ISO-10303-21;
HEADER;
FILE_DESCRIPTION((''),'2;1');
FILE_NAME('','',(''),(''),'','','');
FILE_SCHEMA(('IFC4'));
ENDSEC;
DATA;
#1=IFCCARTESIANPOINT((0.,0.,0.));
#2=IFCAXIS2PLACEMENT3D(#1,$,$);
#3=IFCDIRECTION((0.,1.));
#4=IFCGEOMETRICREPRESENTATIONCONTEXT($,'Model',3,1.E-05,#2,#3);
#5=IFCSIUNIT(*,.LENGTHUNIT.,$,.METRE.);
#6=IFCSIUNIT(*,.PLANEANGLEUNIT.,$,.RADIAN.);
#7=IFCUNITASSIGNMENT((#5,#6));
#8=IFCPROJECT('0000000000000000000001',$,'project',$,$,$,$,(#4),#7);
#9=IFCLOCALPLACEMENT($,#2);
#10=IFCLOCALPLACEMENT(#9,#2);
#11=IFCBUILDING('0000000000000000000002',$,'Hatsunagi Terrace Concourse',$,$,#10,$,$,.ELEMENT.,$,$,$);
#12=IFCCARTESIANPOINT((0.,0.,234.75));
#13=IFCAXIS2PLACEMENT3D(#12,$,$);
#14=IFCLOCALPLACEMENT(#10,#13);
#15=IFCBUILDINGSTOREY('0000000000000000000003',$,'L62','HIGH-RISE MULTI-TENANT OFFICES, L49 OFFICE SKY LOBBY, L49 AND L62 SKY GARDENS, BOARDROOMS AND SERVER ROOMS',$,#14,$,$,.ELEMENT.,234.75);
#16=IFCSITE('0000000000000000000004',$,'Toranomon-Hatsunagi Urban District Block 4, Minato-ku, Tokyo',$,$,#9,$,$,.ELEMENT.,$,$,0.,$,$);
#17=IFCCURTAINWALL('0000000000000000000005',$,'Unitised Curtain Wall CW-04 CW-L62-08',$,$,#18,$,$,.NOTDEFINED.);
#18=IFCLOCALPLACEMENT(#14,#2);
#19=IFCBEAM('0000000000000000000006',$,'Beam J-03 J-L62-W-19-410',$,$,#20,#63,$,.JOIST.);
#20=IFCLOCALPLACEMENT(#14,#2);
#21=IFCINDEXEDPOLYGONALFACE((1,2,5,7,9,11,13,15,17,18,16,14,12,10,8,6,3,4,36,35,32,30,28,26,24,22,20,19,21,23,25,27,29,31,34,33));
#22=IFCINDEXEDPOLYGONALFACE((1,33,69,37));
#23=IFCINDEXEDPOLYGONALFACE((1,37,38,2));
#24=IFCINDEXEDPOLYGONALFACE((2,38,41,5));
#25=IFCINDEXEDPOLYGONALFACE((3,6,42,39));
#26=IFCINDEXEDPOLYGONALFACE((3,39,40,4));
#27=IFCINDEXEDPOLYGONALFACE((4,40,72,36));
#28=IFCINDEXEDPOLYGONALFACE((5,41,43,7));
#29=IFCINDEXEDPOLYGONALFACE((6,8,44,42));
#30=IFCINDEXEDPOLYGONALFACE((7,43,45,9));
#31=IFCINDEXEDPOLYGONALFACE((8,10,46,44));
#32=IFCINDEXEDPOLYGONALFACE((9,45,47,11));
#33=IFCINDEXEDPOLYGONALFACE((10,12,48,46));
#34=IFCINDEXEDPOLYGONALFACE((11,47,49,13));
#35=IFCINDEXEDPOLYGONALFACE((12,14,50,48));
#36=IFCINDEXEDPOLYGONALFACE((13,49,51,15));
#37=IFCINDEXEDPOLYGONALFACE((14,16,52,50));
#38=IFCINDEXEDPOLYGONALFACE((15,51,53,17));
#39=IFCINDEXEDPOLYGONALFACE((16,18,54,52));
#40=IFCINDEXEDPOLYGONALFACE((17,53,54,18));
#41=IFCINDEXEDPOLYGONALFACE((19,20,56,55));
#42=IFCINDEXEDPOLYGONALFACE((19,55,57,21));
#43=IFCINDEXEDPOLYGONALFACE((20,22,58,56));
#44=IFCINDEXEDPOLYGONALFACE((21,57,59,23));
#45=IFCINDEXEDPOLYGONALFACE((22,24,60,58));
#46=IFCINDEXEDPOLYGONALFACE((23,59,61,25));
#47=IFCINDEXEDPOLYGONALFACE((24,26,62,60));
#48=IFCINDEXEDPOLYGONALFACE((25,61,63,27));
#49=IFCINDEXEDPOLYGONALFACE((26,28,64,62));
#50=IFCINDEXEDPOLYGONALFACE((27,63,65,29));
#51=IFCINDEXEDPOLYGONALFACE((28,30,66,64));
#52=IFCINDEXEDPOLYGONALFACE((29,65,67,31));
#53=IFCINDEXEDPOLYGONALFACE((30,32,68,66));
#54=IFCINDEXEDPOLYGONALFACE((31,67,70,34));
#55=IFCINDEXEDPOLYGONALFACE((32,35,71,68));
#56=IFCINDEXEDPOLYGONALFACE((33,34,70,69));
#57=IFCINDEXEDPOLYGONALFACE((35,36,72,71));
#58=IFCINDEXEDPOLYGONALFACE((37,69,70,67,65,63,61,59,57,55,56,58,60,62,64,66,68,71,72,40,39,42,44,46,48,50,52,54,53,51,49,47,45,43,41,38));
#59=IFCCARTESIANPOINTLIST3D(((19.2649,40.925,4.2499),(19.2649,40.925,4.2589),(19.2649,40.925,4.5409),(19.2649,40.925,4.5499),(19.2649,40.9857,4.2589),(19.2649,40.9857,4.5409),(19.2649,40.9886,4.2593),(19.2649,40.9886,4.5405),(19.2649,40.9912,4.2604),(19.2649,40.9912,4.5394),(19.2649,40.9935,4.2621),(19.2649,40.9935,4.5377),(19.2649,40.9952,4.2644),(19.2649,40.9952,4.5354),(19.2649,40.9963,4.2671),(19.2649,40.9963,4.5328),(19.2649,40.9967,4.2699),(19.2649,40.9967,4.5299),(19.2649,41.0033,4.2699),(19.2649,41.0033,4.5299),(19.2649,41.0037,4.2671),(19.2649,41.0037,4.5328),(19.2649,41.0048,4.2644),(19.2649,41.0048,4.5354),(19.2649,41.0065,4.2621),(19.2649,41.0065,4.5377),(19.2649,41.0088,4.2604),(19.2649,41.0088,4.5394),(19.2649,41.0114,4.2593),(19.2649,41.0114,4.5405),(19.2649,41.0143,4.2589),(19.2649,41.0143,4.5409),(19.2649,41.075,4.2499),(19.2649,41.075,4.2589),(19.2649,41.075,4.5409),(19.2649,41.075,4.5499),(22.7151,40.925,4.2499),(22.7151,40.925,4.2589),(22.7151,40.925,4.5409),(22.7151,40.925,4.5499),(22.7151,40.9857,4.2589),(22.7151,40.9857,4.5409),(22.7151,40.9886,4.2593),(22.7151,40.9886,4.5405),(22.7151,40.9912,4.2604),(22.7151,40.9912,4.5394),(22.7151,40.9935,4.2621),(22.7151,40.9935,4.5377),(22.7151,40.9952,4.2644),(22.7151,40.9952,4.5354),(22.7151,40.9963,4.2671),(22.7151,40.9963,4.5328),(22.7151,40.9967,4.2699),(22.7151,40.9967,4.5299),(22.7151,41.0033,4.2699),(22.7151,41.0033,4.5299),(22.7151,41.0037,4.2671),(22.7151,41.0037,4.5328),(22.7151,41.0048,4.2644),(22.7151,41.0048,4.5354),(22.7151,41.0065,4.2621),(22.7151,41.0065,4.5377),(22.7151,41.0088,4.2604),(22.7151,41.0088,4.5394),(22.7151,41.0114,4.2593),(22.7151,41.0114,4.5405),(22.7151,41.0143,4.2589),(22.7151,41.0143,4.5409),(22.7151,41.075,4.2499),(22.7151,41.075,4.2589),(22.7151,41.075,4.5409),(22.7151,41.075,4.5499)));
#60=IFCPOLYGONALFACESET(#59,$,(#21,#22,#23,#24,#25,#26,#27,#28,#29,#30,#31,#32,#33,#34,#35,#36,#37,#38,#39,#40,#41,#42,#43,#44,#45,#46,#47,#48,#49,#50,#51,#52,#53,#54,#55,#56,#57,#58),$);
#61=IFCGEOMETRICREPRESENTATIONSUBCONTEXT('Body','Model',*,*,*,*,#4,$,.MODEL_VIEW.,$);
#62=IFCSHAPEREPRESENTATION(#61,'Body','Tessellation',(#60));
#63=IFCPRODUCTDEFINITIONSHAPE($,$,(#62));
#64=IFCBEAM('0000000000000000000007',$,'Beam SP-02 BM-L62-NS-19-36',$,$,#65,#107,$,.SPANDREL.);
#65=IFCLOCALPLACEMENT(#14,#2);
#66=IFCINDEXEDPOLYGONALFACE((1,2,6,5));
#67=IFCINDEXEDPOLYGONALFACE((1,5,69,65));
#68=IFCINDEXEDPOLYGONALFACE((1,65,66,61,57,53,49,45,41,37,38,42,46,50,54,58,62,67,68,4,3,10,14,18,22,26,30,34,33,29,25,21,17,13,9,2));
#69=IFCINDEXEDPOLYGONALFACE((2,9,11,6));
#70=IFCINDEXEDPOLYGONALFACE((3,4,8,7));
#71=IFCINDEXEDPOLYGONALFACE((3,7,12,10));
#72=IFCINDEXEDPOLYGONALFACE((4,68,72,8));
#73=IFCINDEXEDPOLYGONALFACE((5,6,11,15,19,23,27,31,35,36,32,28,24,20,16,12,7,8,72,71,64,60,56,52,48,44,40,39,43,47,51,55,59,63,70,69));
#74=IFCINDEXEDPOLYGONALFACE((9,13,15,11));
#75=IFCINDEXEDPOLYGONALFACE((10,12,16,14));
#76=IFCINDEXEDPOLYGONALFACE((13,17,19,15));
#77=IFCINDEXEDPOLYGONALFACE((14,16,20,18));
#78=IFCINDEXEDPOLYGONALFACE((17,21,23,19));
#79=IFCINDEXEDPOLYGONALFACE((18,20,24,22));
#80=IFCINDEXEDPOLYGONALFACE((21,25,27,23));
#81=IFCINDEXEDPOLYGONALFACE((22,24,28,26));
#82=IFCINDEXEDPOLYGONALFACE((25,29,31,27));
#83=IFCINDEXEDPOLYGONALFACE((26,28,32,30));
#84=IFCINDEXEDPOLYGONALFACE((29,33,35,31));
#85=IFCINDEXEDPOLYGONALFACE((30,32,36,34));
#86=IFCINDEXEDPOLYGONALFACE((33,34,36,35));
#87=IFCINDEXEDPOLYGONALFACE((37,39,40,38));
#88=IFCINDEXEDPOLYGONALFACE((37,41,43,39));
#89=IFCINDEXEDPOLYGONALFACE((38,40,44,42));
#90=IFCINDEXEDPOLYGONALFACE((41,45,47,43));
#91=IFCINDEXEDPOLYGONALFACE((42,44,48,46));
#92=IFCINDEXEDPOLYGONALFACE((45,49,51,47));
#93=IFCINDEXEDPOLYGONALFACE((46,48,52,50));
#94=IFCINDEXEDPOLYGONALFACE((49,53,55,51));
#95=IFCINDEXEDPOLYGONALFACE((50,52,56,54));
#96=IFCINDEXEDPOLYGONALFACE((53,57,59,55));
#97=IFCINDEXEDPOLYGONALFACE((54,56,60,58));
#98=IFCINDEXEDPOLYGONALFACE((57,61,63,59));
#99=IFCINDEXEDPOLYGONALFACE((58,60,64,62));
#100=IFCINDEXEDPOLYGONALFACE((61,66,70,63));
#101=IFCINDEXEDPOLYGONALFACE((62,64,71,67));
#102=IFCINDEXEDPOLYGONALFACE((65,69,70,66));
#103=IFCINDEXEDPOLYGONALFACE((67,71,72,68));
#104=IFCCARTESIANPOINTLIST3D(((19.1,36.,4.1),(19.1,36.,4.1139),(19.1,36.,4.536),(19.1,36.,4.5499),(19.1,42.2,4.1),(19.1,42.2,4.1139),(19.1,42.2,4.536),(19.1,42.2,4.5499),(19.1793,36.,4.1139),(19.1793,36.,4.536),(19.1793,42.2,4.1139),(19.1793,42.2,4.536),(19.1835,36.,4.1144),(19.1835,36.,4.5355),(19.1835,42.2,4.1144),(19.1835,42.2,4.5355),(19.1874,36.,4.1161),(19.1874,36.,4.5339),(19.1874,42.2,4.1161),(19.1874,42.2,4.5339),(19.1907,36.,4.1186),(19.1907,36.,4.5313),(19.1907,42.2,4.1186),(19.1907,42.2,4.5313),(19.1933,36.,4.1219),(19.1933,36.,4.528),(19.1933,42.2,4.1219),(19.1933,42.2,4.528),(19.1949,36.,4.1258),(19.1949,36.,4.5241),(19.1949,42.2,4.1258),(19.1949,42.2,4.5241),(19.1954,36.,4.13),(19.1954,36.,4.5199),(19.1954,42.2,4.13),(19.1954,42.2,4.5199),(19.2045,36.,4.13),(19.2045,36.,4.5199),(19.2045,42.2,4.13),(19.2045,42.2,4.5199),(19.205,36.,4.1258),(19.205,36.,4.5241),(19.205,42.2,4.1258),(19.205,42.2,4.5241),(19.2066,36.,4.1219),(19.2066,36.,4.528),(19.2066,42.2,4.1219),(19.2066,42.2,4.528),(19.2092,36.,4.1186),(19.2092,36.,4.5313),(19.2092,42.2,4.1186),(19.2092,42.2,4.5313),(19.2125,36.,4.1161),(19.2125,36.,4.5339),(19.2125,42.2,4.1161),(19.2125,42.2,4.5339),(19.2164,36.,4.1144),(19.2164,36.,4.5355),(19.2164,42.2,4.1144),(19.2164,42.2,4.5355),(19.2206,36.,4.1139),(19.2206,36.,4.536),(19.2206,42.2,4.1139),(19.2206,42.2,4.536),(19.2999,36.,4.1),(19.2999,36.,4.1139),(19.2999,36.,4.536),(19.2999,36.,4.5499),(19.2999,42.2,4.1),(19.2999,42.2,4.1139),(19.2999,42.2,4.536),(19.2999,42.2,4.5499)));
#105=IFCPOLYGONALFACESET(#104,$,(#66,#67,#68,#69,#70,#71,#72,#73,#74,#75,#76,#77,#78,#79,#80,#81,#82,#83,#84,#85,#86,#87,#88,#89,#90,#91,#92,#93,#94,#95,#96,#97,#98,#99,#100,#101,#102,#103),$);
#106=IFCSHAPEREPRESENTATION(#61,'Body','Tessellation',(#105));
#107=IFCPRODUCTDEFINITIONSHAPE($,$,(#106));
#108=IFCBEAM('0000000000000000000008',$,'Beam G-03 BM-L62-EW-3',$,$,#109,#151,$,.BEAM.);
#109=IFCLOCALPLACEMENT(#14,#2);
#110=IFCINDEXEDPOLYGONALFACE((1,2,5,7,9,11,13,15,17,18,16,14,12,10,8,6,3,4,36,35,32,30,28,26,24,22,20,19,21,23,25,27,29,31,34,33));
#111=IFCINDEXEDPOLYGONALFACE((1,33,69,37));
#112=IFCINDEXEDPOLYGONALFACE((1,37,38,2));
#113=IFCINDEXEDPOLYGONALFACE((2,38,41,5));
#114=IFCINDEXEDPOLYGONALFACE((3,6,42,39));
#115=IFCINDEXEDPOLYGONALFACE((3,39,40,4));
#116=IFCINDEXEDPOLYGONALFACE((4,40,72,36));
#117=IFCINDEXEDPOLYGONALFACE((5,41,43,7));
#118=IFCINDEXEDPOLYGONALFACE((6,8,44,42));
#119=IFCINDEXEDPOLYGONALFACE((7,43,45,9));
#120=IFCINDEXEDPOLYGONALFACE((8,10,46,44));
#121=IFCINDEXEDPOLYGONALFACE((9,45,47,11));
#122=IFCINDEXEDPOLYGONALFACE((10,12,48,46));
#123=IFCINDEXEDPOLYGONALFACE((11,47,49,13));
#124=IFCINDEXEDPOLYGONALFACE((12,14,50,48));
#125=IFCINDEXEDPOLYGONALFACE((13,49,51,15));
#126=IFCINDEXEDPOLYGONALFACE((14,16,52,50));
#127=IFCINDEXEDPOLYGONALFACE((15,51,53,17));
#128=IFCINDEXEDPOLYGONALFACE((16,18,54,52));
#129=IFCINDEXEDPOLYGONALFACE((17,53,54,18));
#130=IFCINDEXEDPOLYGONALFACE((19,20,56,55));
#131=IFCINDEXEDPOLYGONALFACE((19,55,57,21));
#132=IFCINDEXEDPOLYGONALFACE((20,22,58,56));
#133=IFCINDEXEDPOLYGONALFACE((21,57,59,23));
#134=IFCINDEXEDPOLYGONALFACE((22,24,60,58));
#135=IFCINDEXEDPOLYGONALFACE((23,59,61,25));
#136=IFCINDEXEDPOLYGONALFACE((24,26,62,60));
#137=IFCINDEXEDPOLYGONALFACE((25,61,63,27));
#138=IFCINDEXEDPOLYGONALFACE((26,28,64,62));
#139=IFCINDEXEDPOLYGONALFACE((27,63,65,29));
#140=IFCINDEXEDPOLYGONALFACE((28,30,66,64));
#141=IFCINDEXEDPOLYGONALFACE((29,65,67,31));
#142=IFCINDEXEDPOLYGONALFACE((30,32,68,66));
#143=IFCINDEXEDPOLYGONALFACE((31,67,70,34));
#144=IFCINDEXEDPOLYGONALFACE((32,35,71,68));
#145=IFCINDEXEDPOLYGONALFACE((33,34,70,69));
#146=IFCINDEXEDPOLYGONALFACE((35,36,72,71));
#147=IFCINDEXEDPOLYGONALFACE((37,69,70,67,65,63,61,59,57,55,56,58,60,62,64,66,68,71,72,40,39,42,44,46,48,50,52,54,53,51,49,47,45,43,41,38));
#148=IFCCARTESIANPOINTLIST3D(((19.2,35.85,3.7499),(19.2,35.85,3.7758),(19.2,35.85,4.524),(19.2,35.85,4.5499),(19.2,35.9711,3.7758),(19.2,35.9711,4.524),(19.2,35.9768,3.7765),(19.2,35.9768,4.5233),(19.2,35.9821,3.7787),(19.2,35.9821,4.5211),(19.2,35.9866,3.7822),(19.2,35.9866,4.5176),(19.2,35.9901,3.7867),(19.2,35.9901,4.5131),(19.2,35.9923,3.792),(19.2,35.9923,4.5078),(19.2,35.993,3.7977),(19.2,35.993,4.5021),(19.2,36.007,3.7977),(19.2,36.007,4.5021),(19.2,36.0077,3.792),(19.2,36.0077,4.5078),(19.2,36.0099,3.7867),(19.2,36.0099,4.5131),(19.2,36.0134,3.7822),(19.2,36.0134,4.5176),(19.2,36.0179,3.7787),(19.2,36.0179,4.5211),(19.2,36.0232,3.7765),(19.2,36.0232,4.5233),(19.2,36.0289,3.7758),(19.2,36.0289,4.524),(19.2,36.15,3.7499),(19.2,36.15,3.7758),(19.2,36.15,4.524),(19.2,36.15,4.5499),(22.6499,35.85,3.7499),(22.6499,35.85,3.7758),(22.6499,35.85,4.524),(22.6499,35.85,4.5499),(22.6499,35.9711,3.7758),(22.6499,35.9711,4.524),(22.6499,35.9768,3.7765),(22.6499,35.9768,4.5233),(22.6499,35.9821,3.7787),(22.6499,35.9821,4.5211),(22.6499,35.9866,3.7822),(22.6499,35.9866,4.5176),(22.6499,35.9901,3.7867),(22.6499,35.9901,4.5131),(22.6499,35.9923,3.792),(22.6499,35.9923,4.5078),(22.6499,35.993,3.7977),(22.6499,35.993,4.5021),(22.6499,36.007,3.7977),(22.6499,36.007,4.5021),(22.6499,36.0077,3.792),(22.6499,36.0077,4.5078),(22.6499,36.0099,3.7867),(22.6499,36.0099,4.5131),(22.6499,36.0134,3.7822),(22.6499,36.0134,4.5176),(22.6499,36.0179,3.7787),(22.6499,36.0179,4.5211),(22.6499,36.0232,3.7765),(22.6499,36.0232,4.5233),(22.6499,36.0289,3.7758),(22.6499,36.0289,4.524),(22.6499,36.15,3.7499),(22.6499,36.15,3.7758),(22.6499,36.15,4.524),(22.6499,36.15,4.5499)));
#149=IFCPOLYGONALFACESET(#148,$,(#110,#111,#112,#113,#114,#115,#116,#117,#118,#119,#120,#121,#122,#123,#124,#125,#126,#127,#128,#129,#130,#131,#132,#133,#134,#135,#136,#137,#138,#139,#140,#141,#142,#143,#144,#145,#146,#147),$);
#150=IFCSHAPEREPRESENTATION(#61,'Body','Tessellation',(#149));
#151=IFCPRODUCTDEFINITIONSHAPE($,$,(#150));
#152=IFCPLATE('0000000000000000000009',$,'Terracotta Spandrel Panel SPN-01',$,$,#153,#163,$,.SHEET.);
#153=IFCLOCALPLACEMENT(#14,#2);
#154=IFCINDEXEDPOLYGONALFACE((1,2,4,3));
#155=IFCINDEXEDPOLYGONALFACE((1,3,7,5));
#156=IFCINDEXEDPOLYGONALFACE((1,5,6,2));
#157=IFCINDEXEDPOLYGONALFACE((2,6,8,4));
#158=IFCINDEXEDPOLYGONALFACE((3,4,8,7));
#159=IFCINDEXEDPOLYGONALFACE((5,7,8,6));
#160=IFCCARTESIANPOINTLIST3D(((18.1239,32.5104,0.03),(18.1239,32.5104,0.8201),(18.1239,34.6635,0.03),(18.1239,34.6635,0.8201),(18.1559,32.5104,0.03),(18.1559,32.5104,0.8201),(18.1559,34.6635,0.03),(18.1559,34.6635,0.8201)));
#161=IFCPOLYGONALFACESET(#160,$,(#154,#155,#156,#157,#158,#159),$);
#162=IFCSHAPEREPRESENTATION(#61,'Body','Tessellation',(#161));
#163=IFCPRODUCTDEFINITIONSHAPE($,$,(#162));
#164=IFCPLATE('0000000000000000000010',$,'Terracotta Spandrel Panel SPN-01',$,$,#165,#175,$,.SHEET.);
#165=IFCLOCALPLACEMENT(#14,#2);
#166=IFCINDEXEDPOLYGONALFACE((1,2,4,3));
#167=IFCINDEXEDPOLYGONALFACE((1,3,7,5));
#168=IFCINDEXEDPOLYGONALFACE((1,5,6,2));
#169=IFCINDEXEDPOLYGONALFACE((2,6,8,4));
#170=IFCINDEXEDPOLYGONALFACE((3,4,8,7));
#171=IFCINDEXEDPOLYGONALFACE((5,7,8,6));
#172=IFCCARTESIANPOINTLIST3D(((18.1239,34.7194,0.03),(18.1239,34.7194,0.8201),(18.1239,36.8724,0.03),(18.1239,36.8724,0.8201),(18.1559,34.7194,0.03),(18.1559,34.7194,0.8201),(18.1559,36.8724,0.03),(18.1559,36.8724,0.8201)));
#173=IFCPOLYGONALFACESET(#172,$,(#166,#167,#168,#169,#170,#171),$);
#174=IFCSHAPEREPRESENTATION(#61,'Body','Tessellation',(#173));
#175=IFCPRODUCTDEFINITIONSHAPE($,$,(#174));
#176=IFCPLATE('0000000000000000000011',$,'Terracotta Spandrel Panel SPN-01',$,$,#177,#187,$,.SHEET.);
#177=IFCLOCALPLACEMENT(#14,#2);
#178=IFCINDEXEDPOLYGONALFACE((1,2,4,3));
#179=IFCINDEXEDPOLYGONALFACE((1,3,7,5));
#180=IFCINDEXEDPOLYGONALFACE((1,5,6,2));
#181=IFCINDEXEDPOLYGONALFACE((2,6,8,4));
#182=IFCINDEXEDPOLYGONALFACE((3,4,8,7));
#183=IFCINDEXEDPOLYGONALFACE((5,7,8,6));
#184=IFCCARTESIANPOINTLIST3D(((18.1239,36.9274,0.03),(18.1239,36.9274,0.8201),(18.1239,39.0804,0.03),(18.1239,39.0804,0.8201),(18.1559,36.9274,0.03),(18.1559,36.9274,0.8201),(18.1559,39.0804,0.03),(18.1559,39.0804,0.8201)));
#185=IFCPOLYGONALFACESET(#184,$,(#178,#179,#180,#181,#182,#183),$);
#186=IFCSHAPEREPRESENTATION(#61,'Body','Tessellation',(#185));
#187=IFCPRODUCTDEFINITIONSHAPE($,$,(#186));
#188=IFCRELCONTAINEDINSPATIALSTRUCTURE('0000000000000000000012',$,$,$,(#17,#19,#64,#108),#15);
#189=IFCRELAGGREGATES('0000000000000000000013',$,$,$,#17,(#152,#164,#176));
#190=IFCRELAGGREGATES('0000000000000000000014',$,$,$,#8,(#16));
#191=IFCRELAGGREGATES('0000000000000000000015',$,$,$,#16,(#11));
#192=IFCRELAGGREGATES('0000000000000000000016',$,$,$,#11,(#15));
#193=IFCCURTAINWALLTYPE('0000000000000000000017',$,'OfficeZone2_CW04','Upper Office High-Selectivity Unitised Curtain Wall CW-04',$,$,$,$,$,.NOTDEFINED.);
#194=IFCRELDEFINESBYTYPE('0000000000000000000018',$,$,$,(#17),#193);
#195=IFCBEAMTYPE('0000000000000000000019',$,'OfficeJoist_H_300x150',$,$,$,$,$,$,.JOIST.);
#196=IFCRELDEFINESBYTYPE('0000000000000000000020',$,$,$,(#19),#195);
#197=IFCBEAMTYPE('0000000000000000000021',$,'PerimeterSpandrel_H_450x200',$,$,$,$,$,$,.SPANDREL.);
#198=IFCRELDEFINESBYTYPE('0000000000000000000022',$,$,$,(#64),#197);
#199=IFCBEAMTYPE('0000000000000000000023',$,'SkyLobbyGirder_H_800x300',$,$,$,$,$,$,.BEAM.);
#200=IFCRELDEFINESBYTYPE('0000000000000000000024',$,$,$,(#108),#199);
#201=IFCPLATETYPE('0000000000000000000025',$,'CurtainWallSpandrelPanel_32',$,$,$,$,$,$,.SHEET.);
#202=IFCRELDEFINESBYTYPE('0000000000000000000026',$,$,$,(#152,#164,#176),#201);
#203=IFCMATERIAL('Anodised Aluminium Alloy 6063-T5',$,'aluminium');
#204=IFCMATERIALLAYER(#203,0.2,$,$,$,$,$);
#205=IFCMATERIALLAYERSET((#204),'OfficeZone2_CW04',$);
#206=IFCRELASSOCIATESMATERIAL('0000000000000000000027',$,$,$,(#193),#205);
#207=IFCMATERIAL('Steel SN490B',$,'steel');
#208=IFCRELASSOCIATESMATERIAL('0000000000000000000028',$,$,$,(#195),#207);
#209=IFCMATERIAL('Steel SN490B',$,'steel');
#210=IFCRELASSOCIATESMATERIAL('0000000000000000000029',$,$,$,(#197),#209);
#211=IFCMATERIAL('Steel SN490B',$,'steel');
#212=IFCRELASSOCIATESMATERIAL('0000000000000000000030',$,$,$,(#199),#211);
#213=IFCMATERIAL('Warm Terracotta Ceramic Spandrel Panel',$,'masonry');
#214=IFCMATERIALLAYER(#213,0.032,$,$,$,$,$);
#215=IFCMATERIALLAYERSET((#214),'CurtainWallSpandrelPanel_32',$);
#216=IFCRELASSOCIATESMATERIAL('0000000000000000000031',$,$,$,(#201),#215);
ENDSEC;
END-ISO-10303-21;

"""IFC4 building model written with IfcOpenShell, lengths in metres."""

from ifc_helpers import new_model, si_unit, direction, frame, origin, origin_2d, place, context, subcontext, project, spatial, rectangle, i_section, extrude, material, layer, layer_set, material_profile, profile_set, type_object, element, aggregate, save


model = new_model("IFC4")

# Units and contexts
model_context = context("Model", 3, precision=1e-05, world=origin(), true_north=direction((0.0, 1.0)))
body_context = subcontext(model_context, "Body", "Model", "MODEL_VIEW")
ifc_project = project(units=[si_unit("LENGTHUNIT", "METRE"), si_unit("PLANEANGLEUNIT", "RADIAN")], contexts=[model_context])

# Site, building, storey
site_placement = place(None, origin())
site = spatial("IfcSite", under=ifc_project, at=site_placement, Name="Toranomon-Hatsunagi Urban District Block 4, Minato-ku, Tokyo", CompositionType="ELEMENT", RefElevation=0.0)
building_placement = place(site_placement, origin())
building = spatial("IfcBuilding", under=site, at=building_placement, Name="Hatsunagi Terrace Concourse", CompositionType="ELEMENT")
storey_placement = place(building_placement, frame((0.0, 0.0, 234.75)))
storey = spatial("IfcBuildingStorey", under=building, at=storey_placement, Name="L62", Description="HIGH-RISE MULTI-TENANT OFFICES, L49 OFFICE SKY LOBBY, L49 AND L62 SKY GARDENS, BOARDROOMS AND SERVER ROOMS", CompositionType="ELEMENT", Elevation=234.75)

# Curtain wall
ifc_material_1 = material(Name="Anodised Aluminium Alloy 6063-T5", Category="aluminium")
ifc_layer_1 = layer(ifc_material_1, 0.2)
ifc_layer_set_1 = layer_set([ifc_layer_1], Name="OfficeZone2_CW04")
curtain_wall_type = type_object("IfcCurtainWallType", Name="OfficeZone2_CW04", Description="Upper Office High-Selectivity Unitised Curtain Wall CW-04", PredefinedType="NOTDEFINED", material=ifc_layer_set_1)
curtain_wall_placement = place(storey_placement, origin())
curtain_wall = element("IfcCurtainWall", 1, at=curtain_wall_placement, inside=storey, type_object=curtain_wall_type, Name="Unitised Curtain Wall CW-04 CW-L62-08", PredefinedType="NOTDEFINED")

# Beams
ifc_material_2 = material(Name="Steel SN490B", Category="steel")
ifc_material_profile_1 = material_profile(ifc_material_2, i_section(OverallWidth=0.1499, OverallDepth=0.3, WebThickness=0.0066, FlangeThickness=0.009, FilletRadius=0.011, at=origin_2d()), Name="H-300x150x6.5x9")
ifc_profile_set_1 = profile_set([ifc_material_profile_1], Name="Steel SN490B")
beam_type_1 = type_object("IfcBeamType", Name="OfficeJoist_H_300x150", PredefinedType="JOIST", material=ifc_profile_set_1)
for number, where, z_axis, x_axis, name in (
    (2, (19.2649, 41.0, 4.3999), (1.0, 0.0, 0.0), (0.0, 1.0, 0.0), "Beam J-03 J-L62-W-19-410"),
):
    element("IfcBeam", number, at=place(storey_placement, frame(where, z_axis=z_axis, x_axis=x_axis)), inside=storey, type_object=beam_type_1, Name=name, PredefinedType="JOIST", context=body_context, shape_type="SweptSolid", body=[
        extrude(i_section(OverallWidth=0.1499, OverallDepth=0.3, WebThickness=0.0066, FlangeThickness=0.009, FilletRadius=0.011, at=origin_2d()), origin(), (0.0, 0.0, 1.0), 3.4502),
    ])
ifc_material_3 = material(Name="Steel SN490B", Category="steel")
ifc_material_profile_2 = material_profile(ifc_material_3, i_section(OverallWidth=0.2, OverallDepth=0.45, WebThickness=0.009, FlangeThickness=0.0139, FilletRadius=0.0161, at=origin_2d()), Name="H-450x200x9x14")
ifc_profile_set_2 = profile_set([ifc_material_profile_2], Name="Steel SN490B")
beam_type_2 = type_object("IfcBeamType", Name="PerimeterSpandrel_H_450x200", PredefinedType="SPANDREL", material=ifc_profile_set_2)
beam_1_placement = place(storey_placement, frame((19.2, 36.0, 4.325), z_axis=(0.0, 1.0, 0.0), x_axis=(-1.0, 0.0, 0.0)))
element("IfcBeam", 3, at=beam_1_placement, inside=storey, type_object=beam_type_2, Name="Beam SP-02 BM-L62-NS-19-36", PredefinedType="SPANDREL", context=body_context, shape_type="SweptSolid", body=[
    extrude(i_section(OverallWidth=0.2, OverallDepth=0.45, WebThickness=0.009, FlangeThickness=0.0139, FilletRadius=0.0161, at=origin_2d()), origin(), (0.0, 0.0, 1.0), 6.2),
])
ifc_material_4 = material(Name="Steel SN490B", Category="steel")
ifc_material_profile_3 = material_profile(ifc_material_4, i_section(OverallWidth=0.3, OverallDepth=0.8, WebThickness=0.0139, FlangeThickness=0.0259, FilletRadius=0.022, at=origin_2d()), Name="H-800x300x14x26")
ifc_profile_set_3 = profile_set([ifc_material_profile_3], Name="Steel SN490B")
beam_type_3 = type_object("IfcBeamType", Name="SkyLobbyGirder_H_800x300", PredefinedType="BEAM", material=ifc_profile_set_3)
beam_2_placement = place(storey_placement, frame((19.2, 36.0, 4.1499), z_axis=(1.0, 0.0, 0.0), x_axis=(0.0, 1.0, 0.0)))
element("IfcBeam", 4, at=beam_2_placement, inside=storey, type_object=beam_type_3, Name="Beam G-03 BM-L62-EW-3", PredefinedType="BEAM", context=body_context, shape_type="SweptSolid", body=[
    extrude(i_section(OverallWidth=0.3, OverallDepth=0.8, WebThickness=0.0139, FlangeThickness=0.0259, FilletRadius=0.022, at=origin_2d()), origin(), (0.0, 0.0, 1.0), 3.45),
])

# Plates
ifc_material_5 = material(Name="Warm Terracotta Ceramic Spandrel Panel", Category="masonry")
ifc_layer_2 = layer(ifc_material_5, 0.032)
ifc_layer_set_2 = layer_set([ifc_layer_2], Name="CurtainWallSpandrelPanel_32")
plate_type_1 = type_object("IfcPlateType", Name="CurtainWallSpandrelPanel_32", PredefinedType="SHEET", material=ifc_layer_set_2)
plate_1_placement = place(storey_placement, frame((18.1399, 33.5869, 0.03), z_axis=(0.0, 0.0, 1.0), x_axis=(0.0, 1.0, 0.0)))
plate_1 = element("IfcPlate", 5, at=plate_1_placement, type_object=plate_type_1, Name="Terracotta Spandrel Panel SPN-01", PredefinedType="SHEET", context=body_context, shape_type="SweptSolid", body=[
    extrude(rectangle(XDim=2.1531, YDim=0.032, at=origin_2d()), origin(), (0.0, 0.0, 1.0), 0.79),
])
plate_2_placement = place(storey_placement, frame((18.1399, 35.7959, 0.03), z_axis=(0.0, 0.0, 1.0), x_axis=(0.0, 1.0, 0.0)))
plate_2 = element("IfcPlate", 6, at=plate_2_placement, type_object=plate_type_1, Name="Terracotta Spandrel Panel SPN-01", PredefinedType="SHEET", context=body_context, shape_type="SweptSolid", body=[
    extrude(rectangle(XDim=2.1531, YDim=0.032, at=origin_2d()), origin(), (0.0, 0.0, 1.0), 0.79),
])
plate_3_placement = place(storey_placement, frame((18.1399, 38.0039, 0.03), z_axis=(0.0, 0.0, 1.0), x_axis=(0.0, 1.0, 0.0)))
plate_3 = element("IfcPlate", 7, at=plate_3_placement, type_object=plate_type_1, Name="Terracotta Spandrel Panel SPN-01", PredefinedType="SHEET", context=body_context, shape_type="SweptSolid", body=[
    extrude(rectangle(XDim=2.1531, YDim=0.032, at=origin_2d()), origin(), (0.0, 0.0, 1.0), 0.79),
])
aggregate(curtain_wall, [plate_1, plate_2, plate_3])

save(model, "model.ifc")
